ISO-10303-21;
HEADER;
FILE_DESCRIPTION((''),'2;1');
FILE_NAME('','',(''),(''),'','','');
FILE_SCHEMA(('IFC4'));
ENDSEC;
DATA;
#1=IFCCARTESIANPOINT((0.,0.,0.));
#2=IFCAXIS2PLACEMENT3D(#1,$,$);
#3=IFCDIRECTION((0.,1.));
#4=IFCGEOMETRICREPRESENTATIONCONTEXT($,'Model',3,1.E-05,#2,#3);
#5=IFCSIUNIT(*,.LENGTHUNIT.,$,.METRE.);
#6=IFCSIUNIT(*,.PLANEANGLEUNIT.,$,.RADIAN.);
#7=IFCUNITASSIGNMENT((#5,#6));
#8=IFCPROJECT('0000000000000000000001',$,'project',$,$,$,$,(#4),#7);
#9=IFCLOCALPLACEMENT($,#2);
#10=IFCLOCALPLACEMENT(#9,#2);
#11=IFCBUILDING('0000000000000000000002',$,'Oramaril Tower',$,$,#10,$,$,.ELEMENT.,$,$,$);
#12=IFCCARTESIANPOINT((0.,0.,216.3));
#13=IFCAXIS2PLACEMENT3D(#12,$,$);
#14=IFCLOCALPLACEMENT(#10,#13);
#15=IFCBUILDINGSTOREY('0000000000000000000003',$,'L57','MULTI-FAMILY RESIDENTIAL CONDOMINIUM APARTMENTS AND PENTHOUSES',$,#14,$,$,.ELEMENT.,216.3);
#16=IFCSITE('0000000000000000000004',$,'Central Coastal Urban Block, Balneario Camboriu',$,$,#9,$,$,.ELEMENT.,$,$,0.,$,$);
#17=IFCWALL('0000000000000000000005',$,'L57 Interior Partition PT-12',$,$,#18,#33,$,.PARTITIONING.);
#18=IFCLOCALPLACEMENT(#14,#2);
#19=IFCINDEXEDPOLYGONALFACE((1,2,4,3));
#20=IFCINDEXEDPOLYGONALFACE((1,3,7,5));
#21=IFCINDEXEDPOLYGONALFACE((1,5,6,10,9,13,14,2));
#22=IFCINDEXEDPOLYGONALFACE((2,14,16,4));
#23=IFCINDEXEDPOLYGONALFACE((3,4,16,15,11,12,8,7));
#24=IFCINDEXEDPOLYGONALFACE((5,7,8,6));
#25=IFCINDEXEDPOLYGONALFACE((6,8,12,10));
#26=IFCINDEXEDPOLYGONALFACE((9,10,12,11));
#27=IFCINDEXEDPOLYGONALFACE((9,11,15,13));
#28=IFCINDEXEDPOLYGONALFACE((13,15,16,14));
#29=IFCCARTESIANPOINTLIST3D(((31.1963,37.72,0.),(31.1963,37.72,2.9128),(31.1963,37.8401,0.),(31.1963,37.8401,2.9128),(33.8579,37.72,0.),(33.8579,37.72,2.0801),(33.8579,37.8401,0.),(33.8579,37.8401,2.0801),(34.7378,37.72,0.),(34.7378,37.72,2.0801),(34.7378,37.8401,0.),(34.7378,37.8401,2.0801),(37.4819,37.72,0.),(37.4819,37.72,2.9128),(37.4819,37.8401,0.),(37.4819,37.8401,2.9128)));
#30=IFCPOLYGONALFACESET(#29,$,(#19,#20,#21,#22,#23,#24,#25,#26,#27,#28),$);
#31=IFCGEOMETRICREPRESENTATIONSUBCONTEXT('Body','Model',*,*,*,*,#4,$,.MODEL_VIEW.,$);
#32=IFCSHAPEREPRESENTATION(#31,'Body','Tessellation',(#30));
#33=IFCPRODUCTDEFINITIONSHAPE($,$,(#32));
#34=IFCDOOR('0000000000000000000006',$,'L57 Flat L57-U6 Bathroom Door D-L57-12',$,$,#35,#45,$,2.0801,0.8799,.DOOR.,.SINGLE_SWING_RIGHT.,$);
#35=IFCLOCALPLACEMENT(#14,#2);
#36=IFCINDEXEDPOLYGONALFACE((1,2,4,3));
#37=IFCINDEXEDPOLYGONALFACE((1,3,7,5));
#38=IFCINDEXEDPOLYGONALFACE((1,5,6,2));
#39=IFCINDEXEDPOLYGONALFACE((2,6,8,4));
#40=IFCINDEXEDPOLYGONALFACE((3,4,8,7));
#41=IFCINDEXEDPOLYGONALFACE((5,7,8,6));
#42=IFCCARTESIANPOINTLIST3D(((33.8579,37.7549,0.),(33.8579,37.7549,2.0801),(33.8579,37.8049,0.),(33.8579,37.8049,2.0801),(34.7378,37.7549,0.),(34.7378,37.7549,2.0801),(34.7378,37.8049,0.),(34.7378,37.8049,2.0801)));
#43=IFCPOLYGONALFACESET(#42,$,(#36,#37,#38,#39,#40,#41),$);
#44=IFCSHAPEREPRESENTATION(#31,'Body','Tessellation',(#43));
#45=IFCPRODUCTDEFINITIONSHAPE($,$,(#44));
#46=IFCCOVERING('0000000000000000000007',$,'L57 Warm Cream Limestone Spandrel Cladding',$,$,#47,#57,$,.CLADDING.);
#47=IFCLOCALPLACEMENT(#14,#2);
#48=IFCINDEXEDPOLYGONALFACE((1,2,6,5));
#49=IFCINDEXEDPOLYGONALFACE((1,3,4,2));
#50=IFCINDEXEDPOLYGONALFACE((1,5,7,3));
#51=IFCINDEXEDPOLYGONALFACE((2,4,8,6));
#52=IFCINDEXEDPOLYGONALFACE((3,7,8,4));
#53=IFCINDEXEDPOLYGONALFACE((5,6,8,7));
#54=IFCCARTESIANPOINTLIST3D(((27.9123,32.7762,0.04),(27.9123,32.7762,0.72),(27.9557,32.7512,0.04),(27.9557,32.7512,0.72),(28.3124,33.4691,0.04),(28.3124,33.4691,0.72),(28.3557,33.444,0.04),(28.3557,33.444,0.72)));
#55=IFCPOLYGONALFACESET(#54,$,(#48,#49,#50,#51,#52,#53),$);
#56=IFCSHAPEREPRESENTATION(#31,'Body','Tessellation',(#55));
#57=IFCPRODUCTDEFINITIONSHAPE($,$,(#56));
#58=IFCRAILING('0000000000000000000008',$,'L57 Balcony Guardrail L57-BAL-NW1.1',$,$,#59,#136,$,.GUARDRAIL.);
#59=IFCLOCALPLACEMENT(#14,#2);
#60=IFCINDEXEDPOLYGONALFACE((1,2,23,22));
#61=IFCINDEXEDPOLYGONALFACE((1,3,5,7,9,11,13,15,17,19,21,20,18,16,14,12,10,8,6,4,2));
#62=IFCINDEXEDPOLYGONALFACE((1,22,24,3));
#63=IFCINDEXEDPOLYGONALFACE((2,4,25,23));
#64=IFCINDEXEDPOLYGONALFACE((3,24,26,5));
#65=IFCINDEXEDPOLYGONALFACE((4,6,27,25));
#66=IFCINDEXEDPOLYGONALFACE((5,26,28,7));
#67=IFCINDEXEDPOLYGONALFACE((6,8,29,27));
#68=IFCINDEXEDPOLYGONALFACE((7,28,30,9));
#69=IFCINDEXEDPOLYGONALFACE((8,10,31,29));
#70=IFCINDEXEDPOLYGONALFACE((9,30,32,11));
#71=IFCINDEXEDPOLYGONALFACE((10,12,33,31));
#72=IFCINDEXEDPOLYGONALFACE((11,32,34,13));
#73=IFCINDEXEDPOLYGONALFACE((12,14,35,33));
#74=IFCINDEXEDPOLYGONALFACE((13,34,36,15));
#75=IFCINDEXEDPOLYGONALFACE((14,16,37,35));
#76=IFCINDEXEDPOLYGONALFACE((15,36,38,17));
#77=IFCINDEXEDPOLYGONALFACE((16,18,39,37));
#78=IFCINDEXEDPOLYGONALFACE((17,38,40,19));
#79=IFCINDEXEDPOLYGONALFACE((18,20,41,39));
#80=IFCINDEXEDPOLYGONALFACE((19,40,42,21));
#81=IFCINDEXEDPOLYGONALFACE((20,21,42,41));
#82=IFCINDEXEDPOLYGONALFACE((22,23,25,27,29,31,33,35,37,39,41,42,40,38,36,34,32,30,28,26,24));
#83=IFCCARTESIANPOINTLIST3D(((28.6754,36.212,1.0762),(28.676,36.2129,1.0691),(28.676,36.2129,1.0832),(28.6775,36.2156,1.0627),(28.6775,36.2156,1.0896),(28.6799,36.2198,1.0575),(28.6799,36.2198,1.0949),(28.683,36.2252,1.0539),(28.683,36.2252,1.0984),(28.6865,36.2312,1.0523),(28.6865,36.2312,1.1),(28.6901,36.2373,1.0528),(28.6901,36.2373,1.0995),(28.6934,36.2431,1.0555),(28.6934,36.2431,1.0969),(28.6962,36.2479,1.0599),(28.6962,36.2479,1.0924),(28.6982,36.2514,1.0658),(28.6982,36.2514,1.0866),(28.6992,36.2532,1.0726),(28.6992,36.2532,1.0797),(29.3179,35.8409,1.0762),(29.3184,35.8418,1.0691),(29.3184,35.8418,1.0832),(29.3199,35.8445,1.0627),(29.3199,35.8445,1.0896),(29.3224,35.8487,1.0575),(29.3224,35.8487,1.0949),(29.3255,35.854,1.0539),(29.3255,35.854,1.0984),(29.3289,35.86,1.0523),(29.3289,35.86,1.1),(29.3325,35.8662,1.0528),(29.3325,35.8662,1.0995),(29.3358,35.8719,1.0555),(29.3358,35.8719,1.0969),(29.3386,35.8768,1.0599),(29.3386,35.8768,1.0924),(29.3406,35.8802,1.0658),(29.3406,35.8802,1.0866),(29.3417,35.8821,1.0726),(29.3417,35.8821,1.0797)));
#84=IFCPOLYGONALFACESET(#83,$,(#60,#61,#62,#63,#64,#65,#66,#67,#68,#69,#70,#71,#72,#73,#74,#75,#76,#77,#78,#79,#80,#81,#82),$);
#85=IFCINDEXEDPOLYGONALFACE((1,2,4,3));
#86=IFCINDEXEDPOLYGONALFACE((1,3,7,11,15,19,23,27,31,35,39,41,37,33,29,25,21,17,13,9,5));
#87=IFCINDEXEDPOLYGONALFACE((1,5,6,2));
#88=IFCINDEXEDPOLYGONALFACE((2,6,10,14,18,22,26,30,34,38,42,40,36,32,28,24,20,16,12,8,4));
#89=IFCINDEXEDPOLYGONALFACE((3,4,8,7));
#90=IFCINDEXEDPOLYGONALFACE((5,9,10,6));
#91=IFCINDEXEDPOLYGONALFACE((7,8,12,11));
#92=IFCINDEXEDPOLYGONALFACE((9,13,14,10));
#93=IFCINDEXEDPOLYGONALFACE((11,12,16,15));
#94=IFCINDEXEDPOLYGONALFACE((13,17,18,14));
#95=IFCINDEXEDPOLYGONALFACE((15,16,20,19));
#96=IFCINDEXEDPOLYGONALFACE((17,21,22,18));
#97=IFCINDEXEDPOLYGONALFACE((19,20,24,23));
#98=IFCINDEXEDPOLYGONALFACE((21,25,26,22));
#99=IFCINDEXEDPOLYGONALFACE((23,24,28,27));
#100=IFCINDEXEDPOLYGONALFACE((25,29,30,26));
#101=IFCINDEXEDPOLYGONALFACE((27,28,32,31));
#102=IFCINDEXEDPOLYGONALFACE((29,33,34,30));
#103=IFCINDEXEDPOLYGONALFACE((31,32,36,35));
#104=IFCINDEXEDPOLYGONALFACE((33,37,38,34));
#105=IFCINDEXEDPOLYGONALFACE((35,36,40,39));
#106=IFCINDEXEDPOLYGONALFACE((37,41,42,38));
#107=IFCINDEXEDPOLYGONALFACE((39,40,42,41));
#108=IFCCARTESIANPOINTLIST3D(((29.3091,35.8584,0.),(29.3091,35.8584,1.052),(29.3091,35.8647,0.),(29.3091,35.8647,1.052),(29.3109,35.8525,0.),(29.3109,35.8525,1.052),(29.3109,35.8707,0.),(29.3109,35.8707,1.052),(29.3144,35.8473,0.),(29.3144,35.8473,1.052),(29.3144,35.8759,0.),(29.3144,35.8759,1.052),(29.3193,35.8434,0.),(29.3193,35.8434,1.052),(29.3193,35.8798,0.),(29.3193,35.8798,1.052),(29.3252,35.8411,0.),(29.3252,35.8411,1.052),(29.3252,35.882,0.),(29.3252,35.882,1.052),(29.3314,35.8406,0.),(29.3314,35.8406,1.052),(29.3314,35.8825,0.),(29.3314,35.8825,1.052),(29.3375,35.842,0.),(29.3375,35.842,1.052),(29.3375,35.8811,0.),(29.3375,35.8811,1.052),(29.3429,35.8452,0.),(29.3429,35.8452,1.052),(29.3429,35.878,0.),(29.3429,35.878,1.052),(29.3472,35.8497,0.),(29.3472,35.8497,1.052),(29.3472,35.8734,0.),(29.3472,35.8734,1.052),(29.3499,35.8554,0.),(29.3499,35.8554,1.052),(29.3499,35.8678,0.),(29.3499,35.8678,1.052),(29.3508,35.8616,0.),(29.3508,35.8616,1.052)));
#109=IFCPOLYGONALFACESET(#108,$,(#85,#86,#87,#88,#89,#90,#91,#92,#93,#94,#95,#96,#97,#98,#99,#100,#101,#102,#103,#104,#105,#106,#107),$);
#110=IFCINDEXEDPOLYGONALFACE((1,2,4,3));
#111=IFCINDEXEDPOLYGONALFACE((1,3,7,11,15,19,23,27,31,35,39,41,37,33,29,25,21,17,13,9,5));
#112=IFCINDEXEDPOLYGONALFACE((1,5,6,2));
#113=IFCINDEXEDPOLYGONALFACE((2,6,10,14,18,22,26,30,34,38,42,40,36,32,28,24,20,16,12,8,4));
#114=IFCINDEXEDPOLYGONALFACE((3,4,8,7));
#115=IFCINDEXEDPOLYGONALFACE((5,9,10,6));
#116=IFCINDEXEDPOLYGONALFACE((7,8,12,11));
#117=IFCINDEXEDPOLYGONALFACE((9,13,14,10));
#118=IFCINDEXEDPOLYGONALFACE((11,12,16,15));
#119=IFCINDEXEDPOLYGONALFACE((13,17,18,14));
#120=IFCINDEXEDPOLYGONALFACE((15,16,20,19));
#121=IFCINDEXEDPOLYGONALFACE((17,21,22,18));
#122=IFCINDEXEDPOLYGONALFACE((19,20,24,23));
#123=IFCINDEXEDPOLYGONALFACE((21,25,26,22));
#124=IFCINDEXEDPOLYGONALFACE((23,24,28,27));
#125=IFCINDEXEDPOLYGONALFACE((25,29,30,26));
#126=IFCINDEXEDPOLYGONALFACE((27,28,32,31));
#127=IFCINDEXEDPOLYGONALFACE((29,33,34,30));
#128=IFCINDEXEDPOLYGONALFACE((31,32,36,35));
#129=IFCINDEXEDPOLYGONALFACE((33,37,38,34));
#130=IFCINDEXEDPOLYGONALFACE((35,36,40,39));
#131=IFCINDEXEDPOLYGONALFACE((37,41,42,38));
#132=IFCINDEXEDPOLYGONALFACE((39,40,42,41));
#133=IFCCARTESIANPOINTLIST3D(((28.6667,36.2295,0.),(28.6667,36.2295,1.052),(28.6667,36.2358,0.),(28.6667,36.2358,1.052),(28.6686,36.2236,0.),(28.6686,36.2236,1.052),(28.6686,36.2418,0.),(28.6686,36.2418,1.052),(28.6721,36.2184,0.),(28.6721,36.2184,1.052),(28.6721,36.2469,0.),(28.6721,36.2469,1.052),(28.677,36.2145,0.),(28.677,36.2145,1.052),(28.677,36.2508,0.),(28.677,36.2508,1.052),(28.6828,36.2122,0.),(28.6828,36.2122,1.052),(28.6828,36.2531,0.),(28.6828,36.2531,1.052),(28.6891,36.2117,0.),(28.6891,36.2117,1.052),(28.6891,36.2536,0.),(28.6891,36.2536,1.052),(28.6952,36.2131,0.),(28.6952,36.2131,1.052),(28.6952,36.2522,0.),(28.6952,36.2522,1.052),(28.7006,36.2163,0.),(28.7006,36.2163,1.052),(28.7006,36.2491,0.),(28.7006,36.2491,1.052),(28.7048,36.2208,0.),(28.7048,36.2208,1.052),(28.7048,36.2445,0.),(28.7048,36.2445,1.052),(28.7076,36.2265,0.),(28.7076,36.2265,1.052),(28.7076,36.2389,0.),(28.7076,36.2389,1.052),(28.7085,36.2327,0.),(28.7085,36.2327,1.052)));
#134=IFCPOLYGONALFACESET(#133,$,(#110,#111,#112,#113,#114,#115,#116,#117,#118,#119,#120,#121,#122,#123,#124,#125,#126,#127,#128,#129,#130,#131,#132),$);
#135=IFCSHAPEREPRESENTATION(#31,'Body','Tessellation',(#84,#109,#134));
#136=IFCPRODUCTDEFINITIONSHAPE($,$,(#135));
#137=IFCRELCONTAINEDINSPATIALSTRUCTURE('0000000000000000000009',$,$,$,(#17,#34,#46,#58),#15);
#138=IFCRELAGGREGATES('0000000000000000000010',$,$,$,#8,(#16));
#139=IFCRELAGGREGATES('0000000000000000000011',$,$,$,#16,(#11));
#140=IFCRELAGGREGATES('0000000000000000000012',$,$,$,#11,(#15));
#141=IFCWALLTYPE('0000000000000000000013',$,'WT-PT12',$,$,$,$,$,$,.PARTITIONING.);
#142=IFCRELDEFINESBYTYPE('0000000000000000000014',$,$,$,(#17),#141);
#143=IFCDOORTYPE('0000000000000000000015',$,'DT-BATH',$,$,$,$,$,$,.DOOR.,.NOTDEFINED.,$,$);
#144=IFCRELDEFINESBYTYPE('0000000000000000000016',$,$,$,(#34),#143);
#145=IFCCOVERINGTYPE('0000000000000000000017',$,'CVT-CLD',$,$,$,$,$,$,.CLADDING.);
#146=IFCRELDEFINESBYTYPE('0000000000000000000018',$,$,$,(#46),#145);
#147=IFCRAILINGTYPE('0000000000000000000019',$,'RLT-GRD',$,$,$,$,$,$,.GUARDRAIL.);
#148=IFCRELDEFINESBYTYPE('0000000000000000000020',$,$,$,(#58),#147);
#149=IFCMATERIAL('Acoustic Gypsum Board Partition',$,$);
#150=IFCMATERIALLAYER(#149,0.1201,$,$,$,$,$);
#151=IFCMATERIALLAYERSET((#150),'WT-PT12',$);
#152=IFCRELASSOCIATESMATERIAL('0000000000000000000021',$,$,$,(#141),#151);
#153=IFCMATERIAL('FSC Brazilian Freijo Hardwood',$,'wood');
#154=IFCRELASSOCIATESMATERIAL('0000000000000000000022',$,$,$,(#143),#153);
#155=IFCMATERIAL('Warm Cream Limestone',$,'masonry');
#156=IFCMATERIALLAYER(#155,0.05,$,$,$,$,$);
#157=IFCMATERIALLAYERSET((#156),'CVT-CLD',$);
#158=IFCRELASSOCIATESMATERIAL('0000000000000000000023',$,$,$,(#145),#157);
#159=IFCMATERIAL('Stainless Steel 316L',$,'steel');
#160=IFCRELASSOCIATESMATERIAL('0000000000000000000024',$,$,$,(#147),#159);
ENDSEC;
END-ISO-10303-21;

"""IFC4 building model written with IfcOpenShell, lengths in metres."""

from ifc_helpers import new_model, si_unit, direction, frame, frame_2d, origin, origin_2d, place, context, subcontext, project, spatial, rectangle, circle, extrude, material, layer, layer_set, type_object, element, fill, save


model = new_model("IFC4")

# Units and contexts
model_context = context("Model", 3, precision=1e-05, world=origin(), true_north=direction((0.0, 1.0)))
body_context = subcontext(model_context, "Body", "Model", "MODEL_VIEW")
ifc_project = project(units=[si_unit("LENGTHUNIT", "METRE"), si_unit("PLANEANGLEUNIT", "RADIAN")], contexts=[model_context])

# Site, building, storey
site_placement = place(None, origin())
site = spatial("IfcSite", under=ifc_project, at=site_placement, Name="Central Coastal Urban Block, Balneario Camboriu", CompositionType="ELEMENT", RefElevation=0.0)
building_placement = place(site_placement, origin())
building = spatial("IfcBuilding", under=site, at=building_placement, Name="Oramaril Tower", CompositionType="ELEMENT")
storey_placement = place(building_placement, frame((0.0, 0.0, 216.3)))
storey = spatial("IfcBuildingStorey", under=building, at=storey_placement, Name="L57", Description="MULTI-FAMILY RESIDENTIAL CONDOMINIUM APARTMENTS AND PENTHOUSES", CompositionType="ELEMENT", Elevation=216.3)

# Wall, opening, door
ifc_material_1 = material(Name="Acoustic Gypsum Board Partition")
ifc_layer_1 = layer(ifc_material_1, 0.1201)
ifc_layer_set_1 = layer_set([ifc_layer_1], Name="WT-PT12")
wall_type_1 = type_object("IfcWallType", Name="WT-PT12", PredefinedType="PARTITIONING", material=ifc_layer_set_1)
wall_1_placement = place(storey_placement, frame((31.1963, 37.78, 0.0), z_axis=(0.0, 0.0, 1.0), x_axis=(1.0, 0.0, 0.0)))
wall_1 = element("IfcWall", 1, at=wall_1_placement, inside=storey, type_object=wall_type_1, Name="L57 Interior Partition PT-12", PredefinedType="PARTITIONING", context=body_context, shape_type="SweptSolid", body=[
    extrude(rectangle(XDim=6.2856, YDim=0.1201, at=frame_2d((3.1428, 0.0))), origin(), (0.0, 0.0, 1.0), 2.9128),
])
opening_placement = place(wall_1_placement, frame((2.6616, 0.0, 0.0)))
opening = element("IfcOpeningElement", 2, at=opening_placement, cuts=wall_1, PredefinedType="OPENING", context=body_context, shape_type="SweptSolid", body=[
    extrude(rectangle(XDim=0.8799, YDim=2.0801, at=frame_2d((0.4399, 1.04))), frame((0.0, 0.0601, 0.0), z_axis=(0.0, -1.0, 0.0), x_axis=(1.0, 0.0, 0.0)), (0.0, 0.0, 1.0), 0.1201),
])
ifc_material_2 = material(Name="FSC Brazilian Freijo Hardwood", Category="wood")
door_type = type_object("IfcDoorType", Name="DT-BATH", OperationType="NOTDEFINED", PredefinedType="DOOR", material=ifc_material_2)
door_placement = place(opening_placement, origin())
door = element("IfcDoor", 3, at=door_placement, inside=storey, type_object=door_type, Name="L57 Flat L57-U6 Bathroom Door D-L57-12", OperationType="SINGLE_SWING_RIGHT", OverallHeight=2.0801, OverallWidth=0.8799, PredefinedType="DOOR", context=body_context, shape_type="SweptSolid", body=[
    extrude(rectangle(XDim=0.8799, YDim=2.0801, at=frame_2d((0.4399, 1.04))), frame((0.0, 0.0249, 0.0), z_axis=(0.0, -1.0, 0.0), x_axis=(1.0, 0.0, 0.0)), (0.0, 0.0, 1.0), 0.05),
])
fill(opening, door)

# Covering
ifc_material_3 = material(Name="Warm Cream Limestone", Category="masonry")
ifc_layer_2 = layer(ifc_material_3, 0.05)
ifc_layer_set_2 = layer_set([ifc_layer_2], Name="CVT-CLD")
covering_type = type_object("IfcCoveringType", Name="CVT-CLD", PredefinedType="CLADDING", material=ifc_layer_set_2)
covering_placement = place(storey_placement, frame((28.134, 33.1101, 0.04), z_axis=(0.0, 0.0, 1.0), x_axis=(-0.500002, -0.866025, 0.0)))
element("IfcCovering", 4, at=covering_placement, inside=storey, type_object=covering_type, Name="L57 Warm Cream Limestone Spandrel Cladding", PredefinedType="CLADDING", context=body_context, shape_type="SweptSolid", body=[
    extrude(rectangle(XDim=0.8, YDim=0.05, at=origin_2d()), origin(), (0.0, 0.0, 1.0), 0.6799),
])

# Railing
ifc_material_4 = material(Name="Stainless Steel 316L", Category="steel")
railing_type = type_object("IfcRailingType", Name="RLT-GRD", PredefinedType="GUARDRAIL", material=ifc_material_4)
railing_1_placement = place(storey_placement, frame((29.3298, 35.8616, 0.0)))
element("IfcRailing", 5, at=railing_1_placement, inside=storey, type_object=railing_type, Name="L57 Balcony Guardrail L57-BAL-NW1.1", PredefinedType="GUARDRAIL", context=body_context, shape_type="SweptSolid", body=[
    extrude(circle(Radius=0.0239, at=origin_2d()), frame((0.0, 0.0, 1.0762), z_axis=(-0.865884, 0.500245, 0.0), x_axis=(-0.500245, -0.865884, 0.0)), (0.0, 0.0, 1.0), 0.7419),
    extrude(circle(Radius=0.021, at=origin_2d()), origin(), (0.0, 0.0, 1.0), 1.052),
    extrude(circle(Radius=0.021, at=origin_2d()), frame((-0.6423, 0.3711, 0.0)), (0.0, 0.0, 1.0), 1.052),
])

save(model, "model.ifc")
